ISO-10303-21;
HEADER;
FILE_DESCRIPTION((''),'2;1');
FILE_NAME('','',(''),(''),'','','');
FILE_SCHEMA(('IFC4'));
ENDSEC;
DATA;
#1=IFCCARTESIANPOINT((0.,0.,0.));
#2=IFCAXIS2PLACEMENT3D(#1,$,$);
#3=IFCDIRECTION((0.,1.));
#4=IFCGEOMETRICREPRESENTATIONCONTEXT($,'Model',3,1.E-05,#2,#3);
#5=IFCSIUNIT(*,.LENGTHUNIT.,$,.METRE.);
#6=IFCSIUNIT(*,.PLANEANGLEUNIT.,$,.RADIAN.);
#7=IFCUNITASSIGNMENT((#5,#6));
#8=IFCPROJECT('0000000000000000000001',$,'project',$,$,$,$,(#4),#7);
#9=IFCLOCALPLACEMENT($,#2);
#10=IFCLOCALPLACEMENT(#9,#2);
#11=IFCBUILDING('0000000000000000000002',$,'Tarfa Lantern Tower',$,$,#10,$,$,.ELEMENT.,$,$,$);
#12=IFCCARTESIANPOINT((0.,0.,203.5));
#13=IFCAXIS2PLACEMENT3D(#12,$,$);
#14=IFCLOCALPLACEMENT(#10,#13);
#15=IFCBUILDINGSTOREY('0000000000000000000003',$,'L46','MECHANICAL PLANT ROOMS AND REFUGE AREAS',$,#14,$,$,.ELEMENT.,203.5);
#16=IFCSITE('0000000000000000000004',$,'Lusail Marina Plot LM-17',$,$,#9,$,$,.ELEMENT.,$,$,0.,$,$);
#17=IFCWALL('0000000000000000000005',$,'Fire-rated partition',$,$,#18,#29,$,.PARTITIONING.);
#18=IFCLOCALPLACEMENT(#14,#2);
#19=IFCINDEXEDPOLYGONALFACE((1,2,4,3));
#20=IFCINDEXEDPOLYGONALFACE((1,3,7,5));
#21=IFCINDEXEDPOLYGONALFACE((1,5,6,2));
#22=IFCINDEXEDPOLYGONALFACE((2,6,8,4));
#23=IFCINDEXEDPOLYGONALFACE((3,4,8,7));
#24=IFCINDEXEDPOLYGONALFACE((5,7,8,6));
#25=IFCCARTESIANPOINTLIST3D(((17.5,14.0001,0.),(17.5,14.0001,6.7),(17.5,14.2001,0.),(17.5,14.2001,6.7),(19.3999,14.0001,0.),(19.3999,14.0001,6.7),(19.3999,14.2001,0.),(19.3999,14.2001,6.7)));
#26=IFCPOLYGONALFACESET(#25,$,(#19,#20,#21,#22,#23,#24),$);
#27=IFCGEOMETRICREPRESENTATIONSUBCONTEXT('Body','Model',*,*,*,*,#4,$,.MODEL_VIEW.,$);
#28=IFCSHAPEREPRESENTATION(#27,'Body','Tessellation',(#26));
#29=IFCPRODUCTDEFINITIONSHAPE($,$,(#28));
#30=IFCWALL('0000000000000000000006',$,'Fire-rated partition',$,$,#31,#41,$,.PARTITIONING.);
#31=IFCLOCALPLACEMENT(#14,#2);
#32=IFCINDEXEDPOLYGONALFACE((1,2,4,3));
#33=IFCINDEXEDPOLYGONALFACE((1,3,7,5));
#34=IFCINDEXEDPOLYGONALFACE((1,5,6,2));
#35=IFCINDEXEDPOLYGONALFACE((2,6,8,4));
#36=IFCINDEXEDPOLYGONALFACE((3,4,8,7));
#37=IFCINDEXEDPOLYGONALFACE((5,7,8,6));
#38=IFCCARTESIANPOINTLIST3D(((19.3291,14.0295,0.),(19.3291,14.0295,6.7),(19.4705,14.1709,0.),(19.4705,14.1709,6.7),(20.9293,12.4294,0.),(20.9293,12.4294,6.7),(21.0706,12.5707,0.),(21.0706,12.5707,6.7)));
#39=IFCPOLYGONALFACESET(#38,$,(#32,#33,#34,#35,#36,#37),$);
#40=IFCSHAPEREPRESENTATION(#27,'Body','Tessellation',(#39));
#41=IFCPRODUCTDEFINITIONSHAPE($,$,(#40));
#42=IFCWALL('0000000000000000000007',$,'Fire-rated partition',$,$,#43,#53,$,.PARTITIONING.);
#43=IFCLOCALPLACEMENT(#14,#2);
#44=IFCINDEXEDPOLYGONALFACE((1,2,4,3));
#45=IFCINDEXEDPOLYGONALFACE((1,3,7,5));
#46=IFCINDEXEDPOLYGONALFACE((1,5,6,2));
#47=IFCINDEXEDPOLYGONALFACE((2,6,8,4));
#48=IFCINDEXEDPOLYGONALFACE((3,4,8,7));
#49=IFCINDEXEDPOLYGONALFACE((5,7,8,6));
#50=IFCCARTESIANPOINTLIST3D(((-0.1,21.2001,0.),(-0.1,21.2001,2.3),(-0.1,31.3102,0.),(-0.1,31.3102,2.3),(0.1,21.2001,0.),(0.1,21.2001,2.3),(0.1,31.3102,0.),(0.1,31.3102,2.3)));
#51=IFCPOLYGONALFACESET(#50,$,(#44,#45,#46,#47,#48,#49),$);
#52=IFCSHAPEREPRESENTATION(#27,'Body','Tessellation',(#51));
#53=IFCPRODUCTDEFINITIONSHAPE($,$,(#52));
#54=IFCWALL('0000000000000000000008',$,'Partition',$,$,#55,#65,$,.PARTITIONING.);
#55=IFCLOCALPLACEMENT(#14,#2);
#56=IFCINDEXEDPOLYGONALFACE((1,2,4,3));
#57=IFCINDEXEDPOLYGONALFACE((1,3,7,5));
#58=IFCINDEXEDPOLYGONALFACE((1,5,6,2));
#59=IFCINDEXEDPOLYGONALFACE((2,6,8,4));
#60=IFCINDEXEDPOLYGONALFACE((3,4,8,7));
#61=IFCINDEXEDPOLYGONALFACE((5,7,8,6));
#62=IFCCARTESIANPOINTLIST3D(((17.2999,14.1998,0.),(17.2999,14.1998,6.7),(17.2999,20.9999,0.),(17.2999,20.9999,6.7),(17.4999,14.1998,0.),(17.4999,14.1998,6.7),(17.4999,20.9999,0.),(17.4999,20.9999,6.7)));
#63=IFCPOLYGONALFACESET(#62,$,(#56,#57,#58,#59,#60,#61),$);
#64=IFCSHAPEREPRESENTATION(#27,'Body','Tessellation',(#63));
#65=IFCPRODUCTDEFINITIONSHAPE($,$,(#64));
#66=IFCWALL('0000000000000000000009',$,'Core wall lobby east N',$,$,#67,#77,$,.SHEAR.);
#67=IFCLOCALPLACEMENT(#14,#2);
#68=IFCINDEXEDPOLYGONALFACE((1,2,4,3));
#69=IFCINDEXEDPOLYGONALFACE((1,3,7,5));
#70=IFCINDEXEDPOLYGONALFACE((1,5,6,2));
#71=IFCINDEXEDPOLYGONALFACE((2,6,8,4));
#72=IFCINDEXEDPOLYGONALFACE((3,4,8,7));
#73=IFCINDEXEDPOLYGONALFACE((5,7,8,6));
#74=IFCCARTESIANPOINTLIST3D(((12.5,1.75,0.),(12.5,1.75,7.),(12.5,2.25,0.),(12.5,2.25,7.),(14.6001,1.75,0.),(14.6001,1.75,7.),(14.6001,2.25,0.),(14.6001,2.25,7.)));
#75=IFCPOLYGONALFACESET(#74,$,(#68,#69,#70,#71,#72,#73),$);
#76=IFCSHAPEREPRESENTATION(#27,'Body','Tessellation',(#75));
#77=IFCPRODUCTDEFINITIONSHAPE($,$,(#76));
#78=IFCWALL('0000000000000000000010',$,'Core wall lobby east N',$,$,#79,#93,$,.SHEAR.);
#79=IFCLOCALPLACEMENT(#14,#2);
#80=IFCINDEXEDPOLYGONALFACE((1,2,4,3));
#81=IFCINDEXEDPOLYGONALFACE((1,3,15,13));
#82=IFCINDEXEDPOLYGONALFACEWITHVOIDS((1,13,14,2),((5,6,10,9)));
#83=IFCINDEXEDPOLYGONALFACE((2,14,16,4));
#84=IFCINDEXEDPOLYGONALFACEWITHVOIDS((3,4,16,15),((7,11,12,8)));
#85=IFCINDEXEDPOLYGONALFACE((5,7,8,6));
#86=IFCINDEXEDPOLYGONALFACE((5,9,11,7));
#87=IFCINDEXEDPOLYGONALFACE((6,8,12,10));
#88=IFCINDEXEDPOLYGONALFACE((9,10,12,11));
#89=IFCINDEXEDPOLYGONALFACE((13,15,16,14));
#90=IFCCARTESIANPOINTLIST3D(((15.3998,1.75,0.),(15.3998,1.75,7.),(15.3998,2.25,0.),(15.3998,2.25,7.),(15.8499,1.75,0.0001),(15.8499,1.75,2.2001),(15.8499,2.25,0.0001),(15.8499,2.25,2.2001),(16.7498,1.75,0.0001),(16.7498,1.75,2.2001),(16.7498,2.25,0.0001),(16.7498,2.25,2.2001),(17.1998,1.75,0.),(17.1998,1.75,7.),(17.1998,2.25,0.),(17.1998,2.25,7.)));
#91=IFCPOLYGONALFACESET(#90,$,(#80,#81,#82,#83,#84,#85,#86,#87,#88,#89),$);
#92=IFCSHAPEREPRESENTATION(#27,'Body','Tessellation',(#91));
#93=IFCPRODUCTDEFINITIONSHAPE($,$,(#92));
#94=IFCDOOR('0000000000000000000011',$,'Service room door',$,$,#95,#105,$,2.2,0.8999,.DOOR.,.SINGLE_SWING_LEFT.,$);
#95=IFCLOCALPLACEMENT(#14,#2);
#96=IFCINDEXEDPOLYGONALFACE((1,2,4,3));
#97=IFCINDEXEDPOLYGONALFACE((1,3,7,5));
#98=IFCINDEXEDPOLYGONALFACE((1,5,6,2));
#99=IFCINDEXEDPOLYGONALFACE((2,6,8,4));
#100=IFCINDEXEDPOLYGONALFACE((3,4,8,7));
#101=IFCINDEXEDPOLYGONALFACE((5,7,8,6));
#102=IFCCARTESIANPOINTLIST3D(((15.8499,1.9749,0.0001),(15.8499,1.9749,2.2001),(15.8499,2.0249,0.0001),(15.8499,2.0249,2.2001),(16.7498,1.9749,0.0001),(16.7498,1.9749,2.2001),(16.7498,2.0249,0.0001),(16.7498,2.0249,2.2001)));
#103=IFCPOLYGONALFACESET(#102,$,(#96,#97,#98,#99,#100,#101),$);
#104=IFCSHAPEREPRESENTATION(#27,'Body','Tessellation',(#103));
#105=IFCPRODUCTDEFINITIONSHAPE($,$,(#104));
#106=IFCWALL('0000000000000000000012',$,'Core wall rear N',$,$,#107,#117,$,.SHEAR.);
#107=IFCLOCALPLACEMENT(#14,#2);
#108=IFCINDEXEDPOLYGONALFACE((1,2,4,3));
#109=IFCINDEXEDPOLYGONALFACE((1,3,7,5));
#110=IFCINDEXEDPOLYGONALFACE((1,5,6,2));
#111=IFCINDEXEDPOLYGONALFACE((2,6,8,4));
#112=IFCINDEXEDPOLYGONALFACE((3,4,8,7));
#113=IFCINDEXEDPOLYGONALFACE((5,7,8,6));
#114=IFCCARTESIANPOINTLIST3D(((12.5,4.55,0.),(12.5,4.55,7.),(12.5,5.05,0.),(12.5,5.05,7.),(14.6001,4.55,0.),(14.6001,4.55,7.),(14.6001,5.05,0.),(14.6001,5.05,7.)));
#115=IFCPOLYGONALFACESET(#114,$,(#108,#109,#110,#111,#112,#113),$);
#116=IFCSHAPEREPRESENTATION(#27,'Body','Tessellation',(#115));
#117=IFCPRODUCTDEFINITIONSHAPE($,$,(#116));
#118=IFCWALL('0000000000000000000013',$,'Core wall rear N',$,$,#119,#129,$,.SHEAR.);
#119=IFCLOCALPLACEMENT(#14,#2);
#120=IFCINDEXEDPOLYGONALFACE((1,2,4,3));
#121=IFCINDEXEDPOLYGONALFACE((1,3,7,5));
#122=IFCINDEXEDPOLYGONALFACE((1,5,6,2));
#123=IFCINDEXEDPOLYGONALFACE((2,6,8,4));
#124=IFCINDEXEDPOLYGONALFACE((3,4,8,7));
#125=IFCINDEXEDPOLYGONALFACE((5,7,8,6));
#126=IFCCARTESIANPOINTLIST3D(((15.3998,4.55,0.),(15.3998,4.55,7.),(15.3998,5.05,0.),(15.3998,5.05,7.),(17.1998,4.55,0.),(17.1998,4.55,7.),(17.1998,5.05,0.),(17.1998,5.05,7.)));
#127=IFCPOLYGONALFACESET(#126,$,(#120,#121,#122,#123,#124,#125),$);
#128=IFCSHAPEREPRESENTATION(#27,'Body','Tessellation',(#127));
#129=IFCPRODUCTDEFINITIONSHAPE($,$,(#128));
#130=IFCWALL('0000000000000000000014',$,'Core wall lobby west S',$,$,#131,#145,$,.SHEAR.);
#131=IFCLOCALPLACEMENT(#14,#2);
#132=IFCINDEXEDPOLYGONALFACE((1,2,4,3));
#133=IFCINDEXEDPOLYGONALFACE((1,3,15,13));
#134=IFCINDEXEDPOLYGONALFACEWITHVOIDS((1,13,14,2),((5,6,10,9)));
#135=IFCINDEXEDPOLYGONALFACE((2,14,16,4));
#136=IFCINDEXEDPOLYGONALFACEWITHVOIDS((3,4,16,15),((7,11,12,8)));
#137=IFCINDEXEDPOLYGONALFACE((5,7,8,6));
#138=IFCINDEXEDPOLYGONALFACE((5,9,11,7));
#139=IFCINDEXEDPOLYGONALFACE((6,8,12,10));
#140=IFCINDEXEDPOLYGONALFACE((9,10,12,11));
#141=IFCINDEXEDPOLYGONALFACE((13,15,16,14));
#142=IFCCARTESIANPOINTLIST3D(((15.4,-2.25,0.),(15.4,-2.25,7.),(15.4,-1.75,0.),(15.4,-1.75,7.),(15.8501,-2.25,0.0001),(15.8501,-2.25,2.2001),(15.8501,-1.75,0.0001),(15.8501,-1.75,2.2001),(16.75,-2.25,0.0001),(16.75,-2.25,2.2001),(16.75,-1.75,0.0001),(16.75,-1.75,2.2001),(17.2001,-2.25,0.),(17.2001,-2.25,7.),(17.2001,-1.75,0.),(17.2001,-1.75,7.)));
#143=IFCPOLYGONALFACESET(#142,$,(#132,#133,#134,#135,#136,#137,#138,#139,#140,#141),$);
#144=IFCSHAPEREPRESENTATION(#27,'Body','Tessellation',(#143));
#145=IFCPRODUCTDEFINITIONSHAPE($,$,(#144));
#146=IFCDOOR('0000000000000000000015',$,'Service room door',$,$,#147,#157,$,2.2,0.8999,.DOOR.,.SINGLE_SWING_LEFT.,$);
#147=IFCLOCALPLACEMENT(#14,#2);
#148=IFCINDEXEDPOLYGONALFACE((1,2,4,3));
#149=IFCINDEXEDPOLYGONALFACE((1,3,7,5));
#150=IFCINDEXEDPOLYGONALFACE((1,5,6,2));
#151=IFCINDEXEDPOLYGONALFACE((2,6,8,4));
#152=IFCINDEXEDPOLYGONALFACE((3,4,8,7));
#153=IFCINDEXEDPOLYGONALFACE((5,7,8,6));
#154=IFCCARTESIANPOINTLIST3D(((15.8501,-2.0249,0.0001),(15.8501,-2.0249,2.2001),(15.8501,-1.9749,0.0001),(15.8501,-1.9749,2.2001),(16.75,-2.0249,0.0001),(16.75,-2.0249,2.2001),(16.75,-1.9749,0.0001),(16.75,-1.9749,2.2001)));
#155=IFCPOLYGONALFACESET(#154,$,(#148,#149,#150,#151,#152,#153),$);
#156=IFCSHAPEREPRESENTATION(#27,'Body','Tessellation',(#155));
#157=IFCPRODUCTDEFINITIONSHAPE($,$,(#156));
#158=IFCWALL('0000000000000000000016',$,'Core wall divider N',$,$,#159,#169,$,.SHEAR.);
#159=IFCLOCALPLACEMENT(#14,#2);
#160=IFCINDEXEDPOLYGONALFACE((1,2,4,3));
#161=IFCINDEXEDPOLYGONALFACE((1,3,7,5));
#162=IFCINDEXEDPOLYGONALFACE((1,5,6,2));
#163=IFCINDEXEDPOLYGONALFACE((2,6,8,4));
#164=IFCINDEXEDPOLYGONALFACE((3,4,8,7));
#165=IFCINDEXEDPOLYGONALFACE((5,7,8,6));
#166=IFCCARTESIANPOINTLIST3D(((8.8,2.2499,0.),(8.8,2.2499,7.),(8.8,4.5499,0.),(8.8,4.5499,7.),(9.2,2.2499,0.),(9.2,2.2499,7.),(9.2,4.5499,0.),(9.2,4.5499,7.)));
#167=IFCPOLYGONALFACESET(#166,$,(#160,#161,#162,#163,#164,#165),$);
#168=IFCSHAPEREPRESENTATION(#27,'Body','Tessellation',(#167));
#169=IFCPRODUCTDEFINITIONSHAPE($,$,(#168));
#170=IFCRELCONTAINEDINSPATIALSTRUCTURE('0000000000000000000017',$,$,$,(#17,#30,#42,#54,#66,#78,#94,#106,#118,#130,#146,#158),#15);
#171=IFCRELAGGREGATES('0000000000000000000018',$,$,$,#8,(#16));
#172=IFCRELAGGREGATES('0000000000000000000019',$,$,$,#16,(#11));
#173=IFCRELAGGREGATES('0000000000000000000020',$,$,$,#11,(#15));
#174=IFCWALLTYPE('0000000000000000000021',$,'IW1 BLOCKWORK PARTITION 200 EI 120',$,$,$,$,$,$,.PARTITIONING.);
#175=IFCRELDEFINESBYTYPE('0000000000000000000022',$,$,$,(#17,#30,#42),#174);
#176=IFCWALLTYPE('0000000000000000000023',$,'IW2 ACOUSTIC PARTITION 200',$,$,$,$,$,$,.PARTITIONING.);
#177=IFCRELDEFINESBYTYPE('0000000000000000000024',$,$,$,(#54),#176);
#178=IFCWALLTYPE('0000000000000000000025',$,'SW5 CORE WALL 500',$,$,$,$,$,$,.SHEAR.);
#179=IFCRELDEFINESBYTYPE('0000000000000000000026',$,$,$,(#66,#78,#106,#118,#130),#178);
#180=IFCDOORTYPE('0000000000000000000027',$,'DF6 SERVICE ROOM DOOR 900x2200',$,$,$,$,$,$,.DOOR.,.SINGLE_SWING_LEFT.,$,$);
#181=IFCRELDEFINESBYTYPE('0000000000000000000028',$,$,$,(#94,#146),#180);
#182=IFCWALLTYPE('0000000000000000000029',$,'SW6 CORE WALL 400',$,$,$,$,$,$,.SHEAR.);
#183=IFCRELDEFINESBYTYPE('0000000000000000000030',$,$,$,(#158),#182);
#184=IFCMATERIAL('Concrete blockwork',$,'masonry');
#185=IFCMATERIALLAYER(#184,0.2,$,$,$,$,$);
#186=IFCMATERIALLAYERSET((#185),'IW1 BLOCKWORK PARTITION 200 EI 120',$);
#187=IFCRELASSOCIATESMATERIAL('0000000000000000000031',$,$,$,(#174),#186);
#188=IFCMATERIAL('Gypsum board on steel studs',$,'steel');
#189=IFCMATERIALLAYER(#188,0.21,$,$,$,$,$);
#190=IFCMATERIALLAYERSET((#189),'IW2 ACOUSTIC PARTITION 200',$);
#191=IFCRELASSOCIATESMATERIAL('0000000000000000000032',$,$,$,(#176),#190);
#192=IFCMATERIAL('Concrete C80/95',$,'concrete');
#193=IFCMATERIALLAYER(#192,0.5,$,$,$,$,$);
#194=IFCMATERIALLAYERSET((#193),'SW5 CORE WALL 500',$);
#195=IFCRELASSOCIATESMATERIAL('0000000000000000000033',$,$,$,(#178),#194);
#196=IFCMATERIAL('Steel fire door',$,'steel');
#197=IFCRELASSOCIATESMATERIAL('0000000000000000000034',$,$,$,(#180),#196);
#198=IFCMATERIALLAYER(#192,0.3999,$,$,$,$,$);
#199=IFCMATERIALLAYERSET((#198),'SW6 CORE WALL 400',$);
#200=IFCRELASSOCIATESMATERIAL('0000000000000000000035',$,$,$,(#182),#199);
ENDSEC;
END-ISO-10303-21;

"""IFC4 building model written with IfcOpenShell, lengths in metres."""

from ifc_helpers import new_model, si_unit, direction, frame, frame_2d, origin, place, context, subcontext, project, spatial, rectangle, extrude, material, layer, layer_set, type_object, element, fill, save


model = new_model("IFC4")

# Units and contexts
model_context = context("Model", 3, precision=1e-05, world=origin(), true_north=direction((0.0, 1.0)))
body_context = subcontext(model_context, "Body", "Model", "MODEL_VIEW")
ifc_project = project(units=[si_unit("LENGTHUNIT", "METRE"), si_unit("PLANEANGLEUNIT", "RADIAN")], contexts=[model_context])

# Site, building, storey
site_placement = place(None, origin())
site = spatial("IfcSite", under=ifc_project, at=site_placement, Name="Lusail Marina Plot LM-17", CompositionType="ELEMENT", RefElevation=0.0)
building_placement = place(site_placement, origin())
building = spatial("IfcBuilding", under=site, at=building_placement, Name="Tarfa Lantern Tower", CompositionType="ELEMENT")
storey_placement = place(building_placement, frame((0.0, 0.0, 203.5)))
storey = spatial("IfcBuildingStorey", under=building, at=storey_placement, Name="L46", Description="MECHANICAL PLANT ROOMS AND REFUGE AREAS", CompositionType="ELEMENT", Elevation=203.5)

# Shared definitions
ifc_material_1 = material(Name="Concrete C80/95", Category="concrete")

# Walls
ifc_material_2 = material(Name="Concrete blockwork", Category="masonry")
ifc_layer_1 = layer(ifc_material_2, 0.2)
ifc_layer_set_1 = layer_set([ifc_layer_1], Name="IW1 BLOCKWORK PARTITION 200 EI 120")
wall_type_1 = type_object("IfcWallType", Name="IW1 BLOCKWORK PARTITION 200 EI 120", PredefinedType="PARTITIONING", material=ifc_layer_set_1)
wall_1_placement = place(storey_placement, frame((17.5, 14.1001, 0.0), z_axis=(0.0, 0.0, 1.0), x_axis=(1.0, 0.0, 0.0)))
element("IfcWall", 1, at=wall_1_placement, inside=storey, type_object=wall_type_1, Name="Fire-rated partition", PredefinedType="PARTITIONING", context=body_context, shape_type="SweptSolid", body=[
    extrude(rectangle(XDim=1.8999, YDim=0.2, at=frame_2d((0.95, 0.0))), origin(), (0.0, 0.0, 1.0), 6.7),
])
wall_2_placement = place(storey_placement, frame((19.3999, 14.1001, 0.0), z_axis=(0.0, 0.0, 1.0), x_axis=(0.707107, -0.707107, 0.0)))
element("IfcWall", 2, at=wall_2_placement, inside=storey, type_object=wall_type_1, Name="Fire-rated partition", PredefinedType="PARTITIONING", context=body_context, shape_type="SweptSolid", body=[
    extrude(rectangle(XDim=2.2629, YDim=0.2, at=frame_2d((1.1313, 0.0))), origin(), (0.0, 0.0, 1.0), 6.7),
])
wall_3_placement = place(storey_placement, frame((0.0, 21.2, 0.0), z_axis=(0.0, 0.0, 1.0), x_axis=(0.0, 1.0, 0.0)))
element("IfcWall", 3, at=wall_3_placement, inside=storey, type_object=wall_type_1, Name="Fire-rated partition", PredefinedType="PARTITIONING", context=body_context, shape_type="SweptSolid", body=[
    extrude(rectangle(XDim=10.1101, YDim=0.2, at=frame_2d((5.0552, 0.0))), origin(), (0.0, 0.0, 1.0), 2.3),
])
ifc_material_3 = material(Name="Gypsum board on steel studs", Category="steel")
ifc_layer_2 = layer(ifc_material_3, 0.21)
ifc_layer_set_2 = layer_set([ifc_layer_2], Name="IW2 ACOUSTIC PARTITION 200")
wall_type_2 = type_object("IfcWallType", Name="IW2 ACOUSTIC PARTITION 200", PredefinedType="PARTITIONING", material=ifc_layer_set_2)
wall_4_placement = place(storey_placement, frame((17.3999, 14.2, 0.0), z_axis=(0.0, 0.0, 1.0), x_axis=(0.0, 1.0, 0.0)))
element("IfcWall", 4, at=wall_4_placement, inside=storey, type_object=wall_type_2, Name="Partition", PredefinedType="PARTITIONING", context=body_context, shape_type="SweptSolid", body=[
    extrude(rectangle(XDim=6.8, YDim=0.2, at=frame_2d((3.3999, 0.0))), origin(), (0.0, 0.0, 1.0), 6.7),
])
ifc_layer_3 = layer(ifc_material_1, 0.5)
ifc_layer_set_3 = layer_set([ifc_layer_3], Name="SW5 CORE WALL 500")
wall_type_3 = type_object("IfcWallType", Name="SW5 CORE WALL 500", PredefinedType="SHEAR", material=ifc_layer_set_3)
wall_5_placement = place(storey_placement, frame((12.5, 2.0, 0.0), z_axis=(0.0, 0.0, 1.0), x_axis=(1.0, 0.0, 0.0)))
element("IfcWall", 5, at=wall_5_placement, inside=storey, type_object=wall_type_3, Name="Core wall lobby east N", PredefinedType="SHEAR", context=body_context, shape_type="SweptSolid", body=[
    extrude(rectangle(XDim=2.1001, YDim=0.5, at=frame_2d((1.05, 0.0))), origin(), (0.0, 0.0, 1.0), 7.0),
])

# Wall, opening, door
wall_6_placement = place(storey_placement, frame((15.3999, 2.0, 0.0), z_axis=(0.0, 0.0, 1.0), x_axis=(1.0, 0.0, 0.0)))
wall_6 = element("IfcWall", 6, at=wall_6_placement, inside=storey, type_object=wall_type_3, Name="Core wall lobby east N", PredefinedType="SHEAR", context=body_context, shape_type="SweptSolid", body=[
    extrude(rectangle(XDim=1.8, YDim=0.5, at=frame_2d((0.8999, 0.0))), origin(), (0.0, 0.0, 1.0), 7.0),
])
opening_1_placement = place(wall_6_placement, frame((0.45, 0.0, 0.0)))
opening_1 = element("IfcOpeningElement", 7, at=opening_1_placement, cuts=wall_6, PredefinedType="OPENING", context=body_context, shape_type="SweptSolid", body=[
    extrude(rectangle(XDim=0.8999, YDim=2.2, at=frame_2d((0.45, 1.1001))), frame((0.0, 0.26, 0.0), z_axis=(0.0, -1.0, 0.0), x_axis=(1.0, 0.0, 0.0)), (0.0, 0.0, 1.0), 0.52),
])
ifc_material_4 = material(Name="Steel fire door", Category="steel")
door_type = type_object("IfcDoorType", Name="DF6 SERVICE ROOM DOOR 900x2200", OperationType="SINGLE_SWING_LEFT", PredefinedType="DOOR", material=ifc_material_4)
door_1_placement = place(opening_1_placement, origin())
door_1 = element("IfcDoor", 8, at=door_1_placement, inside=storey, type_object=door_type, Name="Service room door", OperationType="SINGLE_SWING_LEFT", OverallHeight=2.2, OverallWidth=0.8999, PredefinedType="DOOR", context=body_context, shape_type="SweptSolid", body=[
    extrude(rectangle(XDim=0.8999, YDim=2.2, at=frame_2d((0.45, 1.1001))), frame((0.0, 0.0249, 0.0), z_axis=(0.0, -1.0, 0.0), x_axis=(1.0, 0.0, 0.0)), (0.0, 0.0, 1.0), 0.05),
])
fill(opening_1, door_1)

# Walls
wall_7_placement = place(storey_placement, frame((12.5, 4.8, 0.0), z_axis=(0.0, 0.0, 1.0), x_axis=(1.0, 0.0, 0.0)))
element("IfcWall", 9, at=wall_7_placement, inside=storey, type_object=wall_type_3, Name="Core wall rear N", PredefinedType="SHEAR", context=body_context, shape_type="SweptSolid", body=[
    extrude(rectangle(XDim=2.1001, YDim=0.5, at=frame_2d((1.05, 0.0))), origin(), (0.0, 0.0, 1.0), 7.0),
])
wall_8_placement = place(storey_placement, frame((15.3999, 4.8, 0.0), z_axis=(0.0, 0.0, 1.0), x_axis=(1.0, 0.0, 0.0)))
element("IfcWall", 10, at=wall_8_placement, inside=storey, type_object=wall_type_3, Name="Core wall rear N", PredefinedType="SHEAR", context=body_context, shape_type="SweptSolid", body=[
    extrude(rectangle(XDim=1.8, YDim=0.5, at=frame_2d((0.8999, 0.0))), origin(), (0.0, 0.0, 1.0), 7.0),
])

# Wall, opening, door
wall_9_placement = place(storey_placement, frame((17.2, -2.0, 0.0), z_axis=(0.0, 0.0, 1.0), x_axis=(-1.0, 0.0, 0.0)))
wall_9 = element("IfcWall", 11, at=wall_9_placement, inside=storey, type_object=wall_type_3, Name="Core wall lobby west S", PredefinedType="SHEAR", context=body_context, shape_type="SweptSolid", body=[
    extrude(rectangle(XDim=1.8, YDim=0.5, at=frame_2d((0.8999, 0.0))), origin(), (0.0, 0.0, 1.0), 7.0),
])
opening_2_placement = place(wall_9_placement, frame((0.45, 0.0, 0.0)))
opening_2 = element("IfcOpeningElement", 12, at=opening_2_placement, cuts=wall_9, PredefinedType="OPENING", context=body_context, shape_type="SweptSolid", body=[
    extrude(rectangle(XDim=0.8999, YDim=2.2, at=frame_2d((0.45, 1.1001))), frame((0.0, 0.26, 0.0), z_axis=(0.0, -1.0, 0.0), x_axis=(1.0, 0.0, 0.0)), (0.0, 0.0, 1.0), 0.52),
])
door_2_placement = place(opening_2_placement, origin())
door_2 = element("IfcDoor", 13, at=door_2_placement, inside=storey, type_object=door_type, Name="Service room door", OperationType="SINGLE_SWING_LEFT", OverallHeight=2.2, OverallWidth=0.8999, PredefinedType="DOOR", context=body_context, shape_type="SweptSolid", body=[
    extrude(rectangle(XDim=0.8999, YDim=2.2, at=frame_2d((0.45, 1.1001))), frame((0.0, 0.0249, 0.0), z_axis=(0.0, -1.0, 0.0), x_axis=(1.0, 0.0, 0.0)), (0.0, 0.0, 1.0), 0.05),
])
fill(opening_2, door_2)

# Wall
ifc_layer_4 = layer(ifc_material_1, 0.3999)
ifc_layer_set_4 = layer_set([ifc_layer_4], Name="SW6 CORE WALL 400")
wall_type_4 = type_object("IfcWallType", Name="SW6 CORE WALL 400", PredefinedType="SHEAR", material=ifc_layer_set_4)
wall_10_placement = place(storey_placement, frame((9.0, 2.25, 0.0), z_axis=(0.0, 0.0, 1.0), x_axis=(0.0, 1.0, 0.0)))
element("IfcWall", 14, at=wall_10_placement, inside=storey, type_object=wall_type_4, Name="Core wall divider N", PredefinedType="SHEAR", context=body_context, shape_type="SweptSolid", body=[
    extrude(rectangle(XDim=2.3, YDim=0.3999, at=frame_2d((1.1499, 0.0))), origin(), (0.0, 0.0, 1.0), 7.0),
])

save(model, "model.ifc")
